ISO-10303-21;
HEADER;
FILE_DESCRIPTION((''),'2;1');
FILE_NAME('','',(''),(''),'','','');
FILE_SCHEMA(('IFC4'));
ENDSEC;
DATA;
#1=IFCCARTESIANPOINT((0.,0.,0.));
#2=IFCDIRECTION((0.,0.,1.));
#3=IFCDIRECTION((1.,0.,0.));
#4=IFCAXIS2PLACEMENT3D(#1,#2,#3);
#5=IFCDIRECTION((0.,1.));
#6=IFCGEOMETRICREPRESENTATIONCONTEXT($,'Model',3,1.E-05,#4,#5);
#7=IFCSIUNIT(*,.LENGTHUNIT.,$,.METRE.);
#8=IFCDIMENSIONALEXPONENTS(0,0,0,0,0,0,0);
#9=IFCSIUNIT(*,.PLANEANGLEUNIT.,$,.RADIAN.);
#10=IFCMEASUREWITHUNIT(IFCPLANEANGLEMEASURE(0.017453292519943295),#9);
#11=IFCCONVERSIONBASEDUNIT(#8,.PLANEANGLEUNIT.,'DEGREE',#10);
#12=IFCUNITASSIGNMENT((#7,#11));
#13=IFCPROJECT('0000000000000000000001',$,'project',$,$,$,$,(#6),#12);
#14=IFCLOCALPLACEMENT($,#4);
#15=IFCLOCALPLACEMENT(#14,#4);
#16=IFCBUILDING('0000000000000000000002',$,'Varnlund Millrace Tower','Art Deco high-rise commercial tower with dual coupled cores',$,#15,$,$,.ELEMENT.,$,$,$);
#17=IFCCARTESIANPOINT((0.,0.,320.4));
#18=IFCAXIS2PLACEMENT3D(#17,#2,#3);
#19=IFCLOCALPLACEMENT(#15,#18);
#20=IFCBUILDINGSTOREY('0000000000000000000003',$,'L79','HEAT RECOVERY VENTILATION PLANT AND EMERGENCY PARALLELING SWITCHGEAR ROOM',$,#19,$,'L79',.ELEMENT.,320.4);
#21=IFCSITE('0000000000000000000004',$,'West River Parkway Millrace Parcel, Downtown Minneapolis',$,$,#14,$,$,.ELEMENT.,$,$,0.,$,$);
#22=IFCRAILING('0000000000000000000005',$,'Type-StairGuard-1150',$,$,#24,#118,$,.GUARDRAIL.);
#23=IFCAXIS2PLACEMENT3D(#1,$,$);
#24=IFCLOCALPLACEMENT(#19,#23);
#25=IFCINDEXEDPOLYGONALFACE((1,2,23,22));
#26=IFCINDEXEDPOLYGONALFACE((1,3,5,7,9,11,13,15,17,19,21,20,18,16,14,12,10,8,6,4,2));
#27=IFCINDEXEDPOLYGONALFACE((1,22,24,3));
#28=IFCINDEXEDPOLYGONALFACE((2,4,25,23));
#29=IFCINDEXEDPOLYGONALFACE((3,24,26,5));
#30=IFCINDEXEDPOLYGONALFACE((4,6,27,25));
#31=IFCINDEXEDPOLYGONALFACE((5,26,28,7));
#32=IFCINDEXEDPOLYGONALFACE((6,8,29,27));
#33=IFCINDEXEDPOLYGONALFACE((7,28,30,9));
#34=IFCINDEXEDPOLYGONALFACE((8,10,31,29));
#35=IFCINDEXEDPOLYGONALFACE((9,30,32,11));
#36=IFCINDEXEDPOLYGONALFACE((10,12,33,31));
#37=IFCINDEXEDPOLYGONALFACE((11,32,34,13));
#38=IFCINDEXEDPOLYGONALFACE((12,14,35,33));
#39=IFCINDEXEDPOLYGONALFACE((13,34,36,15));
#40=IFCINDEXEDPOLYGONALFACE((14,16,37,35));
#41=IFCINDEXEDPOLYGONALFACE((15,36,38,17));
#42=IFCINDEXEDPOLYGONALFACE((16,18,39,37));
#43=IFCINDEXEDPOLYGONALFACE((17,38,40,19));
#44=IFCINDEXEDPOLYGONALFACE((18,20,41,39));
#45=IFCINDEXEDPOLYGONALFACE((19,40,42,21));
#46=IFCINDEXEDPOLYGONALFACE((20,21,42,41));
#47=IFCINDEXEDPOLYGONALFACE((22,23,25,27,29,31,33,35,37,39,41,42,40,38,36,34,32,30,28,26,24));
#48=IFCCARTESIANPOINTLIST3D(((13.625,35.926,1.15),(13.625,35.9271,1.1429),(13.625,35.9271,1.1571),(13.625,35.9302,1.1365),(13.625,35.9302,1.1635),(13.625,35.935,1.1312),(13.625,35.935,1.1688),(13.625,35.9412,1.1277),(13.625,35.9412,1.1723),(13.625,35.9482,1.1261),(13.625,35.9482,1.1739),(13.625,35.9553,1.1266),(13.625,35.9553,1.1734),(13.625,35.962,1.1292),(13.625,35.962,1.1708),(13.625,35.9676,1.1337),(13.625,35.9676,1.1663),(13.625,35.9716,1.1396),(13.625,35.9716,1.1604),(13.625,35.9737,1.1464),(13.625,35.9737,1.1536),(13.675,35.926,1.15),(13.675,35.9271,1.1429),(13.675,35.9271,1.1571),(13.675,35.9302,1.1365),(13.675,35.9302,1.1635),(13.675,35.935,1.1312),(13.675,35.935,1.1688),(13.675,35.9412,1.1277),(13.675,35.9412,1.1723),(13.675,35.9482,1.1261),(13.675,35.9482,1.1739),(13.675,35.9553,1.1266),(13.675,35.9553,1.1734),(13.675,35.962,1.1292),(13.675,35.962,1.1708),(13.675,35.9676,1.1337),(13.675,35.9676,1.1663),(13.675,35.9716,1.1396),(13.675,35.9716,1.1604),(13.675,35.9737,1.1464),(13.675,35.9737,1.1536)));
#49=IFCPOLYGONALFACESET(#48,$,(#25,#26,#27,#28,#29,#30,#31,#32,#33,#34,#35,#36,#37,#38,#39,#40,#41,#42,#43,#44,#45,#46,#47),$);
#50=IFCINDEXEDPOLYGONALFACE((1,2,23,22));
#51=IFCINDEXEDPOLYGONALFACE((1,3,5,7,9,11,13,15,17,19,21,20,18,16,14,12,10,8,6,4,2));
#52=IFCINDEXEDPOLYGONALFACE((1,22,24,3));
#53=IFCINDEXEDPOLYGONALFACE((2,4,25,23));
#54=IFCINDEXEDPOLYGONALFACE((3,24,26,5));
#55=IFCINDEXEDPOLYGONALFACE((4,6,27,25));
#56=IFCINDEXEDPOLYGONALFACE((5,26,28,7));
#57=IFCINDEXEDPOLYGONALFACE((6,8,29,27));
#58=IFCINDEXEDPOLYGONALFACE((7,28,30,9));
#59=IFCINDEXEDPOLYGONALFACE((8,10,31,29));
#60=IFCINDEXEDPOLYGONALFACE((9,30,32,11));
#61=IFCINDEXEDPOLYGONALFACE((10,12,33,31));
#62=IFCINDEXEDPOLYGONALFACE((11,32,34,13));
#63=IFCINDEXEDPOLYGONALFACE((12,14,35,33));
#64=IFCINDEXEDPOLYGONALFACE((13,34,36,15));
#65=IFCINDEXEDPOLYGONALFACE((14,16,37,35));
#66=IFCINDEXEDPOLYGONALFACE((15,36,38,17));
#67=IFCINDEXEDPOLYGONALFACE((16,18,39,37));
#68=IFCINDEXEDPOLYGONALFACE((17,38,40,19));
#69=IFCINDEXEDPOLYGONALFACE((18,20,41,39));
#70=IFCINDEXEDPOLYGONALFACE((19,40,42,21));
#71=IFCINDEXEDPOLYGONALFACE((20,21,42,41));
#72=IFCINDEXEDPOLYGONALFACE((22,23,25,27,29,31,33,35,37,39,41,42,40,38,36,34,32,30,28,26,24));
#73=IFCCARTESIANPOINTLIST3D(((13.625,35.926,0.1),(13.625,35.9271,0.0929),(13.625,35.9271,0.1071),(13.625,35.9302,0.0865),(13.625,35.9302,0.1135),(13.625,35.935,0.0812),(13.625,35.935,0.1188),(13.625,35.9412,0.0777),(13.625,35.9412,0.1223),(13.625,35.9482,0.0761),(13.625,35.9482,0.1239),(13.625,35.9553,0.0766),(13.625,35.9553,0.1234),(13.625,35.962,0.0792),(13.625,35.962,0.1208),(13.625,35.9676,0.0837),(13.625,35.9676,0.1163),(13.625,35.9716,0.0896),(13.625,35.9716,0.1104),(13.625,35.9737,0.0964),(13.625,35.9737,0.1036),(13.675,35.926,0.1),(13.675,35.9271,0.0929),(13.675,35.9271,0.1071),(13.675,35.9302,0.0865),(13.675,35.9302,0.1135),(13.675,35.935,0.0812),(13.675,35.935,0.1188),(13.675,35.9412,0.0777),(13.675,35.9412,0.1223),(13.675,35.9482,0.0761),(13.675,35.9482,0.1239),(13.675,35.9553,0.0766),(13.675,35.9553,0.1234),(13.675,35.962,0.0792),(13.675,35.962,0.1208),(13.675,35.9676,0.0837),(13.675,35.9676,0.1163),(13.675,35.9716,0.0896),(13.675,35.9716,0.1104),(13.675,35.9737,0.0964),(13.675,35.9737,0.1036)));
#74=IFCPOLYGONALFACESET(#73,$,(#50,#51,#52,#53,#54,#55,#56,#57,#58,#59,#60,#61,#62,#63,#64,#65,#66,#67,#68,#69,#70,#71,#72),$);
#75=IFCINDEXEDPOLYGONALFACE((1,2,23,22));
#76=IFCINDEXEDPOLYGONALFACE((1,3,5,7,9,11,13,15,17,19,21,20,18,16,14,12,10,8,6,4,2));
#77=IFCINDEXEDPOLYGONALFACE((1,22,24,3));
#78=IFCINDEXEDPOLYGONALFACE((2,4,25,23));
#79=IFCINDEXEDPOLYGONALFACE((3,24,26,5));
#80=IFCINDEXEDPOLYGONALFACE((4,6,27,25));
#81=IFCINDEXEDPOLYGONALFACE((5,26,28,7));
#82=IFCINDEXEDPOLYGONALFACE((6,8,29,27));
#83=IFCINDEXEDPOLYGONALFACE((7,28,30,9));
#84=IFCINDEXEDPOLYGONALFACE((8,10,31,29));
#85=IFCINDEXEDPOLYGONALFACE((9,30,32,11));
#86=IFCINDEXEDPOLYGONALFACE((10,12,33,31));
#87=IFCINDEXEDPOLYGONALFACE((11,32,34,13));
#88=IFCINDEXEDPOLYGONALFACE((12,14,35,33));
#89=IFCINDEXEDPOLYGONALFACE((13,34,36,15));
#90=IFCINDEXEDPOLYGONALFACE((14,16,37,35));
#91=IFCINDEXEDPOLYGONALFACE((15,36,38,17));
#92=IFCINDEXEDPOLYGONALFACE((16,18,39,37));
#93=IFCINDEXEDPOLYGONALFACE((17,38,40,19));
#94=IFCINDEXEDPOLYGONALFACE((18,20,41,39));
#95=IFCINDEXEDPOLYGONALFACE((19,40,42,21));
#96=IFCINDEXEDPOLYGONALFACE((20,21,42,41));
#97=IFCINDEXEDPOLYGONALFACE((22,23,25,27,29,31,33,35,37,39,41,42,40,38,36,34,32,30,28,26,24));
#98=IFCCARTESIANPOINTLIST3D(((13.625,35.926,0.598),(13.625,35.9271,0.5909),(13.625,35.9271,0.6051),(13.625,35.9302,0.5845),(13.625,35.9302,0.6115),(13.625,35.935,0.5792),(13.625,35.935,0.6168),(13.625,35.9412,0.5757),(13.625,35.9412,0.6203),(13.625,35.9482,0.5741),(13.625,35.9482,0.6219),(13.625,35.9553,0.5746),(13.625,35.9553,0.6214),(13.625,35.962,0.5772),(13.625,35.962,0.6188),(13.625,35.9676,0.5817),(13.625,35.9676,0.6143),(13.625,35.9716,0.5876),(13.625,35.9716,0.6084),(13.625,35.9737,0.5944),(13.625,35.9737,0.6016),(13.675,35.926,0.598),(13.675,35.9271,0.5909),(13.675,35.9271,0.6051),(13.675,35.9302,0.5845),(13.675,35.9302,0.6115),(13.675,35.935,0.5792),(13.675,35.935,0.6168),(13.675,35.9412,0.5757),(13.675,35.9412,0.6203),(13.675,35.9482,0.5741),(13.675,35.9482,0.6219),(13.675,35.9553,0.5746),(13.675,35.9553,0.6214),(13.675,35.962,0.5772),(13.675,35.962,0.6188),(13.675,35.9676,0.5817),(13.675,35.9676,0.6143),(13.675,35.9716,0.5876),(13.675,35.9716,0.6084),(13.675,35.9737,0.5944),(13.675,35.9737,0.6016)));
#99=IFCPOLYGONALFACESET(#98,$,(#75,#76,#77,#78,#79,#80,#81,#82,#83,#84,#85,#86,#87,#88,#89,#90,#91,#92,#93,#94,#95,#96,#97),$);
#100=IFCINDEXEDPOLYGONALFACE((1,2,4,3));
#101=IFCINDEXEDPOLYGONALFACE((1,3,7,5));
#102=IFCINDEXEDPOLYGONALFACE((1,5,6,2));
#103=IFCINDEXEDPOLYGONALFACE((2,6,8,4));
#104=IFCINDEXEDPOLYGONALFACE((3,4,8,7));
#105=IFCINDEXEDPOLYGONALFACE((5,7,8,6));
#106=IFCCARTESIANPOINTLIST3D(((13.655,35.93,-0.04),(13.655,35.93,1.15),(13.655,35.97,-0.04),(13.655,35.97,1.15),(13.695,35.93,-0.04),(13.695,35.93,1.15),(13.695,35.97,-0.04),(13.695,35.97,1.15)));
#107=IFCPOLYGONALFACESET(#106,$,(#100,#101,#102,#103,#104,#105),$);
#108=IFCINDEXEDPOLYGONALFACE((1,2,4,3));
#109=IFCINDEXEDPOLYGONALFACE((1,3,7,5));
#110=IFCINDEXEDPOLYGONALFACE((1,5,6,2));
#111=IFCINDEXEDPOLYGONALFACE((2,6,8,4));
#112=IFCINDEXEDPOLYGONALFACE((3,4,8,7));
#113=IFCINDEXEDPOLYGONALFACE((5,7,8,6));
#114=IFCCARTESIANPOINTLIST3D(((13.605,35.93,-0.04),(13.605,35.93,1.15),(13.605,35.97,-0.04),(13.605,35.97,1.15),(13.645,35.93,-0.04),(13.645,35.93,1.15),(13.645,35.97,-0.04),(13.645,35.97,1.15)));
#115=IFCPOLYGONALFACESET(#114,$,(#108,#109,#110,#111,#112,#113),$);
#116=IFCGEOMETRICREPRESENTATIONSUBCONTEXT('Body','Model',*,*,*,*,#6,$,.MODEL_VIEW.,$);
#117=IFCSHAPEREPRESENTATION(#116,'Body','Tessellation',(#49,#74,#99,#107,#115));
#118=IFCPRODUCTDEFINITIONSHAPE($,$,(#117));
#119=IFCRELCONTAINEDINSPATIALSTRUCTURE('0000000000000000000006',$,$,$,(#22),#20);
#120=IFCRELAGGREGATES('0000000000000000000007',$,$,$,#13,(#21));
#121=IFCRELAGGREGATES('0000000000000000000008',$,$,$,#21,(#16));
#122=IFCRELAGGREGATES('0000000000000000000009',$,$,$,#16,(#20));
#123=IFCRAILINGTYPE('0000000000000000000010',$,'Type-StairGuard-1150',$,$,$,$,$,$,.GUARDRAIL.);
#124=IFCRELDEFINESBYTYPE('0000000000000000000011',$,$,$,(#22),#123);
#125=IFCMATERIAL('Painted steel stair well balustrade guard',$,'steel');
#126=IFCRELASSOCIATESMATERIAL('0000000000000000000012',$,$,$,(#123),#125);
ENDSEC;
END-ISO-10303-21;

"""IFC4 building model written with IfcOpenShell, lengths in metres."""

from ifc_helpers import new_model, entity, si_unit, converted_unit, direction, frame, origin_with_axes, origin_2d_with_axis, place, context, subcontext, project, spatial, rectangle, circle, extrude, material, type_object, element, save


model = new_model("IFC4")

# Units and contexts
model_context = context("Model", 3, precision=1e-05, world=origin_with_axes(), true_north=direction((0.0, 1.0)))
body_context = subcontext(model_context, "Body", "Model", "MODEL_VIEW")
ifc_project = project(units=[si_unit("LENGTHUNIT", "METRE"), converted_unit("PLANEANGLEUNIT", "DEGREE", entity("IfcPlaneAngleMeasure", 0.017453292519943295), si_unit("PLANEANGLEUNIT", "RADIAN"), dimensions=[0, 0, 0, 0, 0, 0, 0])], contexts=[model_context])

# Site, building, storey
site_placement = place(None, origin_with_axes())
site = spatial("IfcSite", under=ifc_project, at=site_placement, Name="West River Parkway Millrace Parcel, Downtown Minneapolis", CompositionType="ELEMENT", RefElevation=0.0)
building_placement = place(site_placement, origin_with_axes())
building = spatial("IfcBuilding", under=site, at=building_placement, Name="Varnlund Millrace Tower", Description="Art Deco high-rise commercial tower with dual coupled cores", CompositionType="ELEMENT")
storey_placement = place(building_placement, frame((0.0, 0.0, 320.4), z_axis=(0.0, 0.0, 1.0), x_axis=(1.0, 0.0, 0.0)))
storey = spatial("IfcBuildingStorey", under=building, at=storey_placement, Name="L79", Description="HEAT RECOVERY VENTILATION PLANT AND EMERGENCY PARALLELING SWITCHGEAR ROOM", LongName="L79", CompositionType="ELEMENT", Elevation=320.4)

# Railing
ifc_material_1 = material(Name="Painted steel stair well balustrade guard", Category="steel")
railing_type_1 = type_object("IfcRailingType", Name="Type-StairGuard-1150", PredefinedType="GUARDRAIL", material=ifc_material_1)
railing_1_placement = place(storey_placement, frame((0.0, 0.0, -320.4), z_axis=(0.0, 0.0, 1.0), x_axis=(1.0, 0.0, 0.0)))
element("IfcRailing", 1, at=railing_1_placement, inside=storey, type_object=railing_type_1, Name="Type-StairGuard-1150", PredefinedType="GUARDRAIL", context=body_context, shape_type="SweptSolid", body=[
    extrude(circle(Radius=0.024, at=origin_2d_with_axis()), frame((13.675, 35.95, 321.55), z_axis=(-1.0, 0.0, 0.0), x_axis=(0.0, -1.0, 0.0)), (0.0, 0.0, 1.0), 0.05),
    extrude(circle(Radius=0.024, at=origin_2d_with_axis()), frame((13.675, 35.95, 320.5), z_axis=(-1.0, 0.0, 0.0), x_axis=(0.0, -1.0, 0.0)), (0.0, 0.0, 1.0), 0.05),
    extrude(circle(Radius=0.024, at=origin_2d_with_axis()), frame((13.675, 35.95, 320.998), z_axis=(-1.0, 0.0, 0.0), x_axis=(0.0, -1.0, 0.0)), (0.0, 0.0, 1.0), 0.05),
    extrude(rectangle(XDim=0.04, YDim=0.04, at=origin_2d_with_axis()), frame((13.675, 35.95, 320.36), z_axis=(0.0, 0.0, 1.0), x_axis=(1.0, 0.0, 0.0)), (0.0, 0.0, 1.0), 1.19),
    extrude(rectangle(XDim=0.04, YDim=0.04, at=origin_2d_with_axis()), frame((13.625, 35.95, 320.36), z_axis=(0.0, 0.0, 1.0), x_axis=(1.0, 0.0, 0.0)), (0.0, 0.0, 1.0), 1.19),
])

save(model, "model.ifc")
